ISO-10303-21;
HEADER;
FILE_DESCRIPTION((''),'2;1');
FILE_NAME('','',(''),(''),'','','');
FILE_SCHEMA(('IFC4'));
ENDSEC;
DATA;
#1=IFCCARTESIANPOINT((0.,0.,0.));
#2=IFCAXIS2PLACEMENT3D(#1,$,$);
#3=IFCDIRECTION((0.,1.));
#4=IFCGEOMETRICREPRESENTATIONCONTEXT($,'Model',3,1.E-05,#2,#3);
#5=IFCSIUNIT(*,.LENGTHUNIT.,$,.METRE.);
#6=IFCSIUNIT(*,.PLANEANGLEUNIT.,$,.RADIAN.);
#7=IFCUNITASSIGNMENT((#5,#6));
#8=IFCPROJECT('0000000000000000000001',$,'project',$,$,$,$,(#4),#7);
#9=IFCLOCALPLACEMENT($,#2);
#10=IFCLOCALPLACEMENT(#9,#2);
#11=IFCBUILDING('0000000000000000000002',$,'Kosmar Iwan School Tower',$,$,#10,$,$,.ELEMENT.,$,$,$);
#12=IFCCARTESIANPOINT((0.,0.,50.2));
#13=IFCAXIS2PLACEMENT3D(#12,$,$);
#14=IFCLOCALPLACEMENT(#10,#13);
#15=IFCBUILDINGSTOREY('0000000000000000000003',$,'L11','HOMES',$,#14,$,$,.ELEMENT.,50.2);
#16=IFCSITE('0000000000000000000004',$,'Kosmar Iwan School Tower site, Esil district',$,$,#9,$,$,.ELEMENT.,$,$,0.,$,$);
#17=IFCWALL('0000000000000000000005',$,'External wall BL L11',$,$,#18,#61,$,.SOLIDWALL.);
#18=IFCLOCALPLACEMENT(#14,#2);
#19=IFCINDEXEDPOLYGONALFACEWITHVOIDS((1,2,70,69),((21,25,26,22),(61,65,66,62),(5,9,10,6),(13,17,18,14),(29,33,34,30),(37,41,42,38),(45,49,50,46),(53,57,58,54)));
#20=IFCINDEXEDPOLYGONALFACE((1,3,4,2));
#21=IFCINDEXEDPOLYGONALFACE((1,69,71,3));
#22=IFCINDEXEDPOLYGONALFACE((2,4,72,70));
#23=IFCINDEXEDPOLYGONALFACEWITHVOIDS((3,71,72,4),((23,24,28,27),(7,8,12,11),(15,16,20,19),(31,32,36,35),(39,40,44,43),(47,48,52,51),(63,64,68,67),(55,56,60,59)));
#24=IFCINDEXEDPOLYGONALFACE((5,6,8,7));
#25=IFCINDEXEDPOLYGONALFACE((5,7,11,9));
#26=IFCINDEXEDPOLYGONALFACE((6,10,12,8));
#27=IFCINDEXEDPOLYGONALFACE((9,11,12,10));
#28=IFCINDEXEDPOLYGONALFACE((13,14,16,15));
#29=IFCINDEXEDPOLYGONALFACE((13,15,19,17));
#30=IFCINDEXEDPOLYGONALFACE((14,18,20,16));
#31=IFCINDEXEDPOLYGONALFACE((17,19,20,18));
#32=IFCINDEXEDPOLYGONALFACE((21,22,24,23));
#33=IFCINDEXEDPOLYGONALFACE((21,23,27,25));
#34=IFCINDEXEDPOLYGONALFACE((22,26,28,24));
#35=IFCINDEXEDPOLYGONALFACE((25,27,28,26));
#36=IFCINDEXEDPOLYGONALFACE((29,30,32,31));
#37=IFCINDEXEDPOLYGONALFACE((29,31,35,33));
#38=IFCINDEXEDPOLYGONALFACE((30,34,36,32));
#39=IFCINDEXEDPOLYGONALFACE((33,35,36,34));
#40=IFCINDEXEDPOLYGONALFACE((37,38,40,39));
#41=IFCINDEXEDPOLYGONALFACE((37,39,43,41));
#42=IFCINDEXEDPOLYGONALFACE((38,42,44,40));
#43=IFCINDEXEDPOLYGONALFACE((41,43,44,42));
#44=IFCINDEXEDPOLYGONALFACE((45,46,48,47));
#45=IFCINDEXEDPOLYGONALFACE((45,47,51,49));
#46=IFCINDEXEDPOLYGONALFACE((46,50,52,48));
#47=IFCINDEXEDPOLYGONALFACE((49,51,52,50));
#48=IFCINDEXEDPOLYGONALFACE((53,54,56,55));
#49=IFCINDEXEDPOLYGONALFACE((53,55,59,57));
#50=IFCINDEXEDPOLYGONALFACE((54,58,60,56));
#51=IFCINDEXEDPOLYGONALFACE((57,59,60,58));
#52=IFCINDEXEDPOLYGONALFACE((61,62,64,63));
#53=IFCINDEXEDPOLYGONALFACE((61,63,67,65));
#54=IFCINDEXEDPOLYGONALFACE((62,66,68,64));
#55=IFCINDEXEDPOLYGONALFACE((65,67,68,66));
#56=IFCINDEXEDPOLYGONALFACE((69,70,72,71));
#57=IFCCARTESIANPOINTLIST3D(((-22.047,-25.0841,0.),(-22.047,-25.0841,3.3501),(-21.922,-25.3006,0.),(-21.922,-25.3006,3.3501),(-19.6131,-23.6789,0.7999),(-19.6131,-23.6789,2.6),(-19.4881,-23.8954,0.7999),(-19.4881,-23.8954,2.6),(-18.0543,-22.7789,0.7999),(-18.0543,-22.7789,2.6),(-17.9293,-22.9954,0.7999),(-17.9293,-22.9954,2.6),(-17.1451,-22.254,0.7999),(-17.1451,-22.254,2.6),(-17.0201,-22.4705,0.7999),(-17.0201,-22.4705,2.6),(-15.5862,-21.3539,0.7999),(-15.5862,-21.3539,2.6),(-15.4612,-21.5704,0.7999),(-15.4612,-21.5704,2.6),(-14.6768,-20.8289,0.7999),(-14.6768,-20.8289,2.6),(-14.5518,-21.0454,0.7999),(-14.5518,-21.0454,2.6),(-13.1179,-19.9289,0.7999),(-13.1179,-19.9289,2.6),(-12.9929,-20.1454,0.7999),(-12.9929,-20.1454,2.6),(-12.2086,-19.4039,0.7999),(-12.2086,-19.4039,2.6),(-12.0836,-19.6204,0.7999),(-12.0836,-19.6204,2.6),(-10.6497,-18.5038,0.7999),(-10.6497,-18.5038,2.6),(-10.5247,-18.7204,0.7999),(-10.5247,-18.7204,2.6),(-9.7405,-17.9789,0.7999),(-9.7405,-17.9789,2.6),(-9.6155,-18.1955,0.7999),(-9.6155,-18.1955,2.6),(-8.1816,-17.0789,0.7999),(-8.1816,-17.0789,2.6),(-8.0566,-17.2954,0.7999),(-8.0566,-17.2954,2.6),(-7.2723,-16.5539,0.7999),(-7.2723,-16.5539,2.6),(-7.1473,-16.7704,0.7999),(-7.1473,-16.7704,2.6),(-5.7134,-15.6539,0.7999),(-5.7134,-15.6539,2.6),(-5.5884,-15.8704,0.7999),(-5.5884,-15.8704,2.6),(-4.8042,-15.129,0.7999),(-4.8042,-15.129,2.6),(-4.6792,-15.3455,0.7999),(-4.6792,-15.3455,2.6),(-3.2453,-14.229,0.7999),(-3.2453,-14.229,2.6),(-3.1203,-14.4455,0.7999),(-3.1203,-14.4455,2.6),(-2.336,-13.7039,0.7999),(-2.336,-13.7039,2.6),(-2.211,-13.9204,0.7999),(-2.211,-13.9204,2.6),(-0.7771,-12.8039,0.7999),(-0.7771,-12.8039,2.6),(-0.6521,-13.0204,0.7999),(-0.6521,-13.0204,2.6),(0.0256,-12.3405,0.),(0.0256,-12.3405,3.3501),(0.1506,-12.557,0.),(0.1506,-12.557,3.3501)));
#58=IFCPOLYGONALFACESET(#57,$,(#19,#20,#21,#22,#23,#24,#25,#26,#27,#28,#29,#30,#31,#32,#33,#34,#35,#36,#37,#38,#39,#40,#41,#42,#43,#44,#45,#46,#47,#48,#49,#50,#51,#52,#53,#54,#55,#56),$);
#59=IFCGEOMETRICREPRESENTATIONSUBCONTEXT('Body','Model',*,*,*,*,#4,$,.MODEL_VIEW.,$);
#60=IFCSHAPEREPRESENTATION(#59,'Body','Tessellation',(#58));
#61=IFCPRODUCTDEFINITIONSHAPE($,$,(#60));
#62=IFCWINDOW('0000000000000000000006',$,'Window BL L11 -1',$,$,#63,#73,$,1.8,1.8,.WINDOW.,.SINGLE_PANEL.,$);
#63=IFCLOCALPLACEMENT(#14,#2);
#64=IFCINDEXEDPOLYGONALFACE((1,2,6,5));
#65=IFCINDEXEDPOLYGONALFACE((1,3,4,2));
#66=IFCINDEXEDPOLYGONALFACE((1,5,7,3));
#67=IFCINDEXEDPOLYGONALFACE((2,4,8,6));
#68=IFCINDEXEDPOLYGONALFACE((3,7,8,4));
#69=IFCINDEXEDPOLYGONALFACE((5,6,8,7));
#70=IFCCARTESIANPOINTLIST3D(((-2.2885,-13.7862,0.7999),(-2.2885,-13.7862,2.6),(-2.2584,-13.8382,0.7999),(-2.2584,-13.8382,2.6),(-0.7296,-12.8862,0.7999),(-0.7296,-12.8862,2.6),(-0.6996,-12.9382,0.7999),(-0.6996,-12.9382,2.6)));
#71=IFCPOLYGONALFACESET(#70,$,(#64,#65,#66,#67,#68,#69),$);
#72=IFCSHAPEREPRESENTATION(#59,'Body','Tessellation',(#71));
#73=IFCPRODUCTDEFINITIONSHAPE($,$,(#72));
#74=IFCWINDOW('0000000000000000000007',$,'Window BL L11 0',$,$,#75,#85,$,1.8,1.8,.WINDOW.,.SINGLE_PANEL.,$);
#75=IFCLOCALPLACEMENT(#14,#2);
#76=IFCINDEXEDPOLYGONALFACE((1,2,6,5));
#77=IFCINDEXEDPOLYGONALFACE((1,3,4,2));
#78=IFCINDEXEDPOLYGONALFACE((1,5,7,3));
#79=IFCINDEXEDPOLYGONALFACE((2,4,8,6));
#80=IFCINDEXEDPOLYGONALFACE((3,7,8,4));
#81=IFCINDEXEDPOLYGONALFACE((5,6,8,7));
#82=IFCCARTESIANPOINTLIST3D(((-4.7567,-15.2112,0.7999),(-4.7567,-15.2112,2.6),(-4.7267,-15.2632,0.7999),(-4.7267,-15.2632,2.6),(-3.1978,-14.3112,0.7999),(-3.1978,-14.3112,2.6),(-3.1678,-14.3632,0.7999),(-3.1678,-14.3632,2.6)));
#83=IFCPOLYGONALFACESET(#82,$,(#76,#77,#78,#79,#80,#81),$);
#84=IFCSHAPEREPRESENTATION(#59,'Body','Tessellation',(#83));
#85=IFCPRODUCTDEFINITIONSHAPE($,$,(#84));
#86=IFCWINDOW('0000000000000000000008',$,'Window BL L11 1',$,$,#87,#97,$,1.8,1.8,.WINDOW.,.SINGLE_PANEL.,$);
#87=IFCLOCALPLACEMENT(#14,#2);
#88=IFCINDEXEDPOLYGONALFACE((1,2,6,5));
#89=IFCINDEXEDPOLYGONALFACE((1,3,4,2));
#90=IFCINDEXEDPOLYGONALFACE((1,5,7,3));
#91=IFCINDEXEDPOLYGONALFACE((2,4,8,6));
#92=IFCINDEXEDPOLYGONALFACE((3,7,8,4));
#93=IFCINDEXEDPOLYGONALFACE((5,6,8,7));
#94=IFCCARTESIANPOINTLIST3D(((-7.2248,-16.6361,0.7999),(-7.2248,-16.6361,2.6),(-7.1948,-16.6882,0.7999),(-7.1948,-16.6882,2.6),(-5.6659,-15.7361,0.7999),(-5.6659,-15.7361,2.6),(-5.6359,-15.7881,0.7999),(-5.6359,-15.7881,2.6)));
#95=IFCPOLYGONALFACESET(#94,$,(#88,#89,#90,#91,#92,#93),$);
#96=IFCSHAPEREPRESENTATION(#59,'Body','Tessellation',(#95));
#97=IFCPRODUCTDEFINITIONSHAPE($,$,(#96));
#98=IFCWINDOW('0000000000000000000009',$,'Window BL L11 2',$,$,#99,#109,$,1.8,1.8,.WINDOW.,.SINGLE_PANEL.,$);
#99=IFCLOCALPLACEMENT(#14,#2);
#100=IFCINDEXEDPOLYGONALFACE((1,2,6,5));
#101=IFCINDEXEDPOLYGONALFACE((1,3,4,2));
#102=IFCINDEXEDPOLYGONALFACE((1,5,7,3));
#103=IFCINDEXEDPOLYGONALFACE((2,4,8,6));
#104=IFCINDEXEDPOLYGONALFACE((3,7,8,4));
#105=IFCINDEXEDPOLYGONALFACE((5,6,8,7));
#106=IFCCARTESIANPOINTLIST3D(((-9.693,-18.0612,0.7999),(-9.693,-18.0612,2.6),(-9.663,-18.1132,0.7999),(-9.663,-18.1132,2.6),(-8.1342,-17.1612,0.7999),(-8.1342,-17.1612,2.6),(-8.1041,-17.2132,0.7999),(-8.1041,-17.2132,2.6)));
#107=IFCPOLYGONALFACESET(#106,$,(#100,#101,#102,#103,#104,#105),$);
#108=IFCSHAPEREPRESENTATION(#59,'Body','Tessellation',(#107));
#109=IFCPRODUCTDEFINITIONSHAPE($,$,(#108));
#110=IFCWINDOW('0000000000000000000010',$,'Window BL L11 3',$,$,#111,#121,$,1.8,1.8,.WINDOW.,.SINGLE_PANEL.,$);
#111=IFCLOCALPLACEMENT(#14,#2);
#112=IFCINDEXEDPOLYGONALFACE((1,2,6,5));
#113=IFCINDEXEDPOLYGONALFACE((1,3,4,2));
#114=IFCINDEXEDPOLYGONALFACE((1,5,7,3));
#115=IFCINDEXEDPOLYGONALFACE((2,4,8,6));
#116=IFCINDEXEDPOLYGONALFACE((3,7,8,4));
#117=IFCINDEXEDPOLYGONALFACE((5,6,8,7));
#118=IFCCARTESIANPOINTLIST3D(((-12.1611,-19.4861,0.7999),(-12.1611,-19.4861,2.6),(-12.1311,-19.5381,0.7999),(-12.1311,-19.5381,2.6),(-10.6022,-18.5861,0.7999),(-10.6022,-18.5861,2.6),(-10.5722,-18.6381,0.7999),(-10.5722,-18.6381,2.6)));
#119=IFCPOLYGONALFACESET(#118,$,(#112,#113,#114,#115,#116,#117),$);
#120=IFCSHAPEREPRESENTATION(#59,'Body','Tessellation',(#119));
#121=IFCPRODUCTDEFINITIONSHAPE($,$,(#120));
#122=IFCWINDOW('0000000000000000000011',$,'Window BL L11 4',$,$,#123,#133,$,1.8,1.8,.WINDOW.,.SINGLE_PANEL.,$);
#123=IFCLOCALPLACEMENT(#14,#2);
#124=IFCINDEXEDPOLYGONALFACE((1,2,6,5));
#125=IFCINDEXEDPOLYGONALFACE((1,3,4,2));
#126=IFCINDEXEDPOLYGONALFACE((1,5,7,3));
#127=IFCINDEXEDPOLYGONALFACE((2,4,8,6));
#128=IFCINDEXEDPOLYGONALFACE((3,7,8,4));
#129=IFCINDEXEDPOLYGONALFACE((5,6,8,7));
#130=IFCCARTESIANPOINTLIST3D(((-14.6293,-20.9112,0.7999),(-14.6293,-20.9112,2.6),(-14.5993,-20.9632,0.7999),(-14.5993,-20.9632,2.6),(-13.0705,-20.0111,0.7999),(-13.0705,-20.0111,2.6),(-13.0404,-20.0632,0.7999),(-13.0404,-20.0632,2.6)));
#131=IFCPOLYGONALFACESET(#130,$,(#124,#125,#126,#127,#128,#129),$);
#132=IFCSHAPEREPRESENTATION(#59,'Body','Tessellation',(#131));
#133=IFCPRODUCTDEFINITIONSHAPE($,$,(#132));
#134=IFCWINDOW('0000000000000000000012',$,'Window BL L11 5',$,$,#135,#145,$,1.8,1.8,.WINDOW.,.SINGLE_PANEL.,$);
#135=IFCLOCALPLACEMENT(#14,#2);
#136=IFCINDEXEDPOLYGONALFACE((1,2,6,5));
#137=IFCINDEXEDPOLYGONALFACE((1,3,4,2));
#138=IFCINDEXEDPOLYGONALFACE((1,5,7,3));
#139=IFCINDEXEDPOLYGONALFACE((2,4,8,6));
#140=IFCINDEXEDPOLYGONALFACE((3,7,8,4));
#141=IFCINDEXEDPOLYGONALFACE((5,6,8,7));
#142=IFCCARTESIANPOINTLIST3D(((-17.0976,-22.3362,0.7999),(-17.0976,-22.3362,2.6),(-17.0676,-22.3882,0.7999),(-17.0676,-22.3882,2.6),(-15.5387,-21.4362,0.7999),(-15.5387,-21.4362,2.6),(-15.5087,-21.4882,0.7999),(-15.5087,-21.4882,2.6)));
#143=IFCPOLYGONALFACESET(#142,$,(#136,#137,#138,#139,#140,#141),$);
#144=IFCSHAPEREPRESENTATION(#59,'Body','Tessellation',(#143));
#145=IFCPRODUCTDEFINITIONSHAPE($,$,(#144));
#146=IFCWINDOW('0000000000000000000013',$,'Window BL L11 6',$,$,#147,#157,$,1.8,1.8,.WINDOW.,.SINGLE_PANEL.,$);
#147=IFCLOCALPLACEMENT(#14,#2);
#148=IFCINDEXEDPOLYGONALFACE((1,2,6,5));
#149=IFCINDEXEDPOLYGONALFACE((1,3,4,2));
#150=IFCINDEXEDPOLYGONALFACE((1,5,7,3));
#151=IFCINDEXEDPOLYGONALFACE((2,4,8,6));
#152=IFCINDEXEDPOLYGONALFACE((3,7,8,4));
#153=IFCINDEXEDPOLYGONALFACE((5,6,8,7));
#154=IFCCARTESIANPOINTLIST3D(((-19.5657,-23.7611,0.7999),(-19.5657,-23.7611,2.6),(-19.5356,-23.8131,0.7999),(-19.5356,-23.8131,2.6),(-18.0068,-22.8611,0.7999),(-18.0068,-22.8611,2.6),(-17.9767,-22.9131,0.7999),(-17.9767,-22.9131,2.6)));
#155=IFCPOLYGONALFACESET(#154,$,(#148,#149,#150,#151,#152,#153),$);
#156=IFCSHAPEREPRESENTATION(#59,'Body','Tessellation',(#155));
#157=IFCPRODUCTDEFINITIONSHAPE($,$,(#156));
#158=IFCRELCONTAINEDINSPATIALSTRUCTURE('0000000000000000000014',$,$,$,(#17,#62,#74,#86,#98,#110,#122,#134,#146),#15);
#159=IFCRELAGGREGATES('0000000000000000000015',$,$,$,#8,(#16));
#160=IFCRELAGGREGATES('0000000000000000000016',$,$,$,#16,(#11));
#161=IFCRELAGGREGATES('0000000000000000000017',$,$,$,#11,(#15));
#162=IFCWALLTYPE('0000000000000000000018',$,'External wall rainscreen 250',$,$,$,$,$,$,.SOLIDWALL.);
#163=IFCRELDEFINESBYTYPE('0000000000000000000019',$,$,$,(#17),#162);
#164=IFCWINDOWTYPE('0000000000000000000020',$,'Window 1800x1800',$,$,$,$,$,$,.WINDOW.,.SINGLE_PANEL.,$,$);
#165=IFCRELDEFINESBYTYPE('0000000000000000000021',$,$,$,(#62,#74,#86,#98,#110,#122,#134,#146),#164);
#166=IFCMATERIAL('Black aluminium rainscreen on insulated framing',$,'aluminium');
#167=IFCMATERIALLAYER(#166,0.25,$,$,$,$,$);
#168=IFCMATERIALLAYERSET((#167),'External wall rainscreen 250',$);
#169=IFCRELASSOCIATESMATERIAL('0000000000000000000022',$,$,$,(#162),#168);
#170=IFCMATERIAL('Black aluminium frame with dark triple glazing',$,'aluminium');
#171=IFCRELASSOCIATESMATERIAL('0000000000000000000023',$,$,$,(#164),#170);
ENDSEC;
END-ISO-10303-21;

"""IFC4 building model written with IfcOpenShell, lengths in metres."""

from ifc_helpers import new_model, si_unit, direction, frame, frame_2d, origin, place, context, subcontext, project, spatial, rectangle, extrude, material, layer, layer_set, type_object, element, fill, save


model = new_model("IFC4")

# Units and contexts
model_context = context("Model", 3, precision=1e-05, world=origin(), true_north=direction((0.0, 1.0)))
body_context = subcontext(model_context, "Body", "Model", "MODEL_VIEW")
ifc_project = project(units=[si_unit("LENGTHUNIT", "METRE"), si_unit("PLANEANGLEUNIT", "RADIAN")], contexts=[model_context])

# Site, building, storey
site_placement = place(None, origin())
site = spatial("IfcSite", under=ifc_project, at=site_placement, Name="Kosmar Iwan School Tower site, Esil district", CompositionType="ELEMENT", RefElevation=0.0)
building_placement = place(site_placement, origin())
building = spatial("IfcBuilding", under=site, at=building_placement, Name="Kosmar Iwan School Tower", CompositionType="ELEMENT")
storey_placement = place(building_placement, frame((0.0, 0.0, 50.2)))
storey = spatial("IfcBuildingStorey", under=building, at=storey_placement, Name="L11", Description="HOMES", CompositionType="ELEMENT", Elevation=50.2)

# Wall, openings, windows
ifc_material_1 = material(Name="Black aluminium rainscreen on insulated framing", Category="aluminium")
ifc_layer = layer(ifc_material_1, 0.25)
ifc_layer_set = layer_set([ifc_layer], Name="External wall rainscreen 250")
wall_type = type_object("IfcWallType", Name="External wall rainscreen 250", PredefinedType="SOLIDWALL", material=ifc_layer_set)
wall_1_placement = place(storey_placement, frame((0.0881, -12.4487, 0.0), z_axis=(0.0, 0.0, 1.0), x_axis=(-0.866026, -0.499998, 0.0)))
wall_1 = element("IfcWall", 1, at=wall_1_placement, inside=storey, type_object=wall_type, Name="External wall BL L11", PredefinedType="SOLIDWALL", context=body_context, shape_type="SweptSolid", body=[
    extrude(rectangle(XDim=25.4873, YDim=0.25, at=frame_2d((12.7437, 0.0))), origin(), (0.0, 0.0, 1.0), 3.3501),
])
opening_1_placement = place(wall_1_placement, frame((0.927, 0.0, 0.8)))
opening_1 = element("IfcOpeningElement", 2, at=opening_1_placement, cuts=wall_1, PredefinedType="OPENING", context=body_context, shape_type="SweptSolid", body=[
    extrude(rectangle(XDim=1.8, YDim=1.8, at=frame_2d((0.8999, 0.8999))), frame((0.0, 0.137, 0.0), z_axis=(0.0, -1.0, 0.0), x_axis=(1.0, 0.0, 0.0)), (0.0, 0.0, 1.0), 0.2739),
])
opening_2_placement = place(wall_1_placement, frame((3.7771, 0.0, 0.8)))
opening_2 = element("IfcOpeningElement", 3, at=opening_2_placement, cuts=wall_1, PredefinedType="OPENING", context=body_context, shape_type="SweptSolid", body=[
    extrude(rectangle(XDim=1.8, YDim=1.8, at=frame_2d((0.8999, 0.8999))), frame((0.0, 0.137, 0.0), z_axis=(0.0, -1.0, 0.0), x_axis=(1.0, 0.0, 0.0)), (0.0, 0.0, 1.0), 0.2739),
])
opening_3_placement = place(wall_1_placement, frame((6.627, 0.0, 0.8)))
opening_3 = element("IfcOpeningElement", 4, at=opening_3_placement, cuts=wall_1, PredefinedType="OPENING", context=body_context, shape_type="SweptSolid", body=[
    extrude(rectangle(XDim=1.8, YDim=1.8, at=frame_2d((0.8999, 0.8999))), frame((0.0, 0.137, 0.0), z_axis=(0.0, -1.0, 0.0), x_axis=(1.0, 0.0, 0.0)), (0.0, 0.0, 1.0), 0.2739),
])
opening_4_placement = place(wall_1_placement, frame((9.4771, 0.0, 0.8)))
opening_4 = element("IfcOpeningElement", 5, at=opening_4_placement, cuts=wall_1, PredefinedType="OPENING", context=body_context, shape_type="SweptSolid", body=[
    extrude(rectangle(XDim=1.8, YDim=1.8, at=frame_2d((0.8999, 0.8999))), frame((0.0, 0.137, 0.0), z_axis=(0.0, -1.0, 0.0), x_axis=(1.0, 0.0, 0.0)), (0.0, 0.0, 1.0), 0.2739),
])
opening_5_placement = place(wall_1_placement, frame((12.3269, 0.0, 0.8)))
opening_5 = element("IfcOpeningElement", 6, at=opening_5_placement, cuts=wall_1, PredefinedType="OPENING", context=body_context, shape_type="SweptSolid", body=[
    extrude(rectangle(XDim=1.8, YDim=1.8, at=frame_2d((0.8999, 0.8999))), frame((0.0, 0.137, 0.0), z_axis=(0.0, -1.0, 0.0), x_axis=(1.0, 0.0, 0.0)), (0.0, 0.0, 1.0), 0.2739),
])
opening_6_placement = place(wall_1_placement, frame((15.177, 0.0, 0.8)))
opening_6 = element("IfcOpeningElement", 7, at=opening_6_placement, cuts=wall_1, PredefinedType="OPENING", context=body_context, shape_type="SweptSolid", body=[
    extrude(rectangle(XDim=1.8, YDim=1.8, at=frame_2d((0.8999, 0.8999))), frame((0.0, 0.137, 0.0), z_axis=(0.0, -1.0, 0.0), x_axis=(1.0, 0.0, 0.0)), (0.0, 0.0, 1.0), 0.2739),
])
opening_7_placement = place(wall_1_placement, frame((18.0271, 0.0, 0.8)))
opening_7 = element("IfcOpeningElement", 8, at=opening_7_placement, cuts=wall_1, PredefinedType="OPENING", context=body_context, shape_type="SweptSolid", body=[
    extrude(rectangle(XDim=1.8, YDim=1.8, at=frame_2d((0.8999, 0.8999))), frame((0.0, 0.137, 0.0), z_axis=(0.0, -1.0, 0.0), x_axis=(1.0, 0.0, 0.0)), (0.0, 0.0, 1.0), 0.2739),
])
opening_8_placement = place(wall_1_placement, frame((20.877, 0.0, 0.8)))
opening_8 = element("IfcOpeningElement", 9, at=opening_8_placement, cuts=wall_1, PredefinedType="OPENING", context=body_context, shape_type="SweptSolid", body=[
    extrude(rectangle(XDim=1.8, YDim=1.8, at=frame_2d((0.8999, 0.8999))), frame((0.0, 0.137, 0.0), z_axis=(0.0, -1.0, 0.0), x_axis=(1.0, 0.0, 0.0)), (0.0, 0.0, 1.0), 0.2739),
])
ifc_material_2 = material(Name="Black aluminium frame with dark triple glazing", Category="aluminium")
window_type = type_object("IfcWindowType", Name="Window 1800x1800", PartitioningType="SINGLE_PANEL", PredefinedType="WINDOW", material=ifc_material_2)
window_1_placement = place(opening_1_placement, origin())
window_1 = element("IfcWindow", 10, at=window_1_placement, inside=storey, type_object=window_type, Name="Window BL L11 -1", OverallHeight=1.8, OverallWidth=1.8, PartitioningType="SINGLE_PANEL", PredefinedType="WINDOW", context=body_context, shape_type="SweptSolid", body=[
    extrude(rectangle(XDim=1.8, YDim=1.8, at=frame_2d((0.8999, 0.8999))), frame((0.0, 0.03, 0.0), z_axis=(0.0, -1.0, 0.0), x_axis=(1.0, 0.0, 0.0)), (0.0, 0.0, 1.0), 0.0601),
])
fill(opening_1, window_1)
window_2_placement = place(opening_2_placement, origin())
window_2 = element("IfcWindow", 11, at=window_2_placement, inside=storey, type_object=window_type, Name="Window BL L11 0", OverallHeight=1.8, OverallWidth=1.8, PartitioningType="SINGLE_PANEL", PredefinedType="WINDOW", context=body_context, shape_type="SweptSolid", body=[
    extrude(rectangle(XDim=1.8, YDim=1.8, at=frame_2d((0.8999, 0.8999))), frame((0.0, 0.03, 0.0), z_axis=(0.0, -1.0, 0.0), x_axis=(1.0, 0.0, 0.0)), (0.0, 0.0, 1.0), 0.0601),
])
fill(opening_2, window_2)
window_3_placement = place(opening_3_placement, origin())
window_3 = element("IfcWindow", 12, at=window_3_placement, inside=storey, type_object=window_type, Name="Window BL L11 1", OverallHeight=1.8, OverallWidth=1.8, PartitioningType="SINGLE_PANEL", PredefinedType="WINDOW", context=body_context, shape_type="SweptSolid", body=[
    extrude(rectangle(XDim=1.8, YDim=1.8, at=frame_2d((0.8999, 0.8999))), frame((0.0, 0.03, 0.0), z_axis=(0.0, -1.0, 0.0), x_axis=(1.0, 0.0, 0.0)), (0.0, 0.0, 1.0), 0.0601),
])
fill(opening_3, window_3)
window_4_placement = place(opening_4_placement, origin())
window_4 = element("IfcWindow", 13, at=window_4_placement, inside=storey, type_object=window_type, Name="Window BL L11 2", OverallHeight=1.8, OverallWidth=1.8, PartitioningType="SINGLE_PANEL", PredefinedType="WINDOW", context=body_context, shape_type="SweptSolid", body=[
    extrude(rectangle(XDim=1.8, YDim=1.8, at=frame_2d((0.8999, 0.8999))), frame((0.0, 0.03, 0.0), z_axis=(0.0, -1.0, 0.0), x_axis=(1.0, 0.0, 0.0)), (0.0, 0.0, 1.0), 0.0601),
])
fill(opening_4, window_4)
window_5_placement = place(opening_5_placement, origin())
window_5 = element("IfcWindow", 14, at=window_5_placement, inside=storey, type_object=window_type, Name="Window BL L11 3", OverallHeight=1.8, OverallWidth=1.8, PartitioningType="SINGLE_PANEL", PredefinedType="WINDOW", context=body_context, shape_type="SweptSolid", body=[
    extrude(rectangle(XDim=1.8, YDim=1.8, at=frame_2d((0.8999, 0.8999))), frame((0.0, 0.03, 0.0), z_axis=(0.0, -1.0, 0.0), x_axis=(1.0, 0.0, 0.0)), (0.0, 0.0, 1.0), 0.0601),
])
fill(opening_5, window_5)
window_6_placement = place(opening_6_placement, origin())
window_6 = element("IfcWindow", 15, at=window_6_placement, inside=storey, type_object=window_type, Name="Window BL L11 4", OverallHeight=1.8, OverallWidth=1.8, PartitioningType="SINGLE_PANEL", PredefinedType="WINDOW", context=body_context, shape_type="SweptSolid", body=[
    extrude(rectangle(XDim=1.8, YDim=1.8, at=frame_2d((0.8999, 0.8999))), frame((0.0, 0.03, 0.0), z_axis=(0.0, -1.0, 0.0), x_axis=(1.0, 0.0, 0.0)), (0.0, 0.0, 1.0), 0.0601),
])
fill(opening_6, window_6)
window_7_placement = place(opening_7_placement, origin())
window_7 = element("IfcWindow", 16, at=window_7_placement, inside=storey, type_object=window_type, Name="Window BL L11 5", OverallHeight=1.8, OverallWidth=1.8, PartitioningType="SINGLE_PANEL", PredefinedType="WINDOW", context=body_context, shape_type="SweptSolid", body=[
    extrude(rectangle(XDim=1.8, YDim=1.8, at=frame_2d((0.8999, 0.8999))), frame((0.0, 0.03, 0.0), z_axis=(0.0, -1.0, 0.0), x_axis=(1.0, 0.0, 0.0)), (0.0, 0.0, 1.0), 0.0601),
])
fill(opening_7, window_7)
window_8_placement = place(opening_8_placement, origin())
window_8 = element("IfcWindow", 17, at=window_8_placement, inside=storey, type_object=window_type, Name="Window BL L11 6", OverallHeight=1.8, OverallWidth=1.8, PartitioningType="SINGLE_PANEL", PredefinedType="WINDOW", context=body_context, shape_type="SweptSolid", body=[
    extrude(rectangle(XDim=1.8, YDim=1.8, at=frame_2d((0.8999, 0.8999))), frame((0.0, 0.03, 0.0), z_axis=(0.0, -1.0, 0.0), x_axis=(1.0, 0.0, 0.0)), (0.0, 0.0, 1.0), 0.0601),
])
fill(opening_8, window_8)

save(model, "model.ifc")
